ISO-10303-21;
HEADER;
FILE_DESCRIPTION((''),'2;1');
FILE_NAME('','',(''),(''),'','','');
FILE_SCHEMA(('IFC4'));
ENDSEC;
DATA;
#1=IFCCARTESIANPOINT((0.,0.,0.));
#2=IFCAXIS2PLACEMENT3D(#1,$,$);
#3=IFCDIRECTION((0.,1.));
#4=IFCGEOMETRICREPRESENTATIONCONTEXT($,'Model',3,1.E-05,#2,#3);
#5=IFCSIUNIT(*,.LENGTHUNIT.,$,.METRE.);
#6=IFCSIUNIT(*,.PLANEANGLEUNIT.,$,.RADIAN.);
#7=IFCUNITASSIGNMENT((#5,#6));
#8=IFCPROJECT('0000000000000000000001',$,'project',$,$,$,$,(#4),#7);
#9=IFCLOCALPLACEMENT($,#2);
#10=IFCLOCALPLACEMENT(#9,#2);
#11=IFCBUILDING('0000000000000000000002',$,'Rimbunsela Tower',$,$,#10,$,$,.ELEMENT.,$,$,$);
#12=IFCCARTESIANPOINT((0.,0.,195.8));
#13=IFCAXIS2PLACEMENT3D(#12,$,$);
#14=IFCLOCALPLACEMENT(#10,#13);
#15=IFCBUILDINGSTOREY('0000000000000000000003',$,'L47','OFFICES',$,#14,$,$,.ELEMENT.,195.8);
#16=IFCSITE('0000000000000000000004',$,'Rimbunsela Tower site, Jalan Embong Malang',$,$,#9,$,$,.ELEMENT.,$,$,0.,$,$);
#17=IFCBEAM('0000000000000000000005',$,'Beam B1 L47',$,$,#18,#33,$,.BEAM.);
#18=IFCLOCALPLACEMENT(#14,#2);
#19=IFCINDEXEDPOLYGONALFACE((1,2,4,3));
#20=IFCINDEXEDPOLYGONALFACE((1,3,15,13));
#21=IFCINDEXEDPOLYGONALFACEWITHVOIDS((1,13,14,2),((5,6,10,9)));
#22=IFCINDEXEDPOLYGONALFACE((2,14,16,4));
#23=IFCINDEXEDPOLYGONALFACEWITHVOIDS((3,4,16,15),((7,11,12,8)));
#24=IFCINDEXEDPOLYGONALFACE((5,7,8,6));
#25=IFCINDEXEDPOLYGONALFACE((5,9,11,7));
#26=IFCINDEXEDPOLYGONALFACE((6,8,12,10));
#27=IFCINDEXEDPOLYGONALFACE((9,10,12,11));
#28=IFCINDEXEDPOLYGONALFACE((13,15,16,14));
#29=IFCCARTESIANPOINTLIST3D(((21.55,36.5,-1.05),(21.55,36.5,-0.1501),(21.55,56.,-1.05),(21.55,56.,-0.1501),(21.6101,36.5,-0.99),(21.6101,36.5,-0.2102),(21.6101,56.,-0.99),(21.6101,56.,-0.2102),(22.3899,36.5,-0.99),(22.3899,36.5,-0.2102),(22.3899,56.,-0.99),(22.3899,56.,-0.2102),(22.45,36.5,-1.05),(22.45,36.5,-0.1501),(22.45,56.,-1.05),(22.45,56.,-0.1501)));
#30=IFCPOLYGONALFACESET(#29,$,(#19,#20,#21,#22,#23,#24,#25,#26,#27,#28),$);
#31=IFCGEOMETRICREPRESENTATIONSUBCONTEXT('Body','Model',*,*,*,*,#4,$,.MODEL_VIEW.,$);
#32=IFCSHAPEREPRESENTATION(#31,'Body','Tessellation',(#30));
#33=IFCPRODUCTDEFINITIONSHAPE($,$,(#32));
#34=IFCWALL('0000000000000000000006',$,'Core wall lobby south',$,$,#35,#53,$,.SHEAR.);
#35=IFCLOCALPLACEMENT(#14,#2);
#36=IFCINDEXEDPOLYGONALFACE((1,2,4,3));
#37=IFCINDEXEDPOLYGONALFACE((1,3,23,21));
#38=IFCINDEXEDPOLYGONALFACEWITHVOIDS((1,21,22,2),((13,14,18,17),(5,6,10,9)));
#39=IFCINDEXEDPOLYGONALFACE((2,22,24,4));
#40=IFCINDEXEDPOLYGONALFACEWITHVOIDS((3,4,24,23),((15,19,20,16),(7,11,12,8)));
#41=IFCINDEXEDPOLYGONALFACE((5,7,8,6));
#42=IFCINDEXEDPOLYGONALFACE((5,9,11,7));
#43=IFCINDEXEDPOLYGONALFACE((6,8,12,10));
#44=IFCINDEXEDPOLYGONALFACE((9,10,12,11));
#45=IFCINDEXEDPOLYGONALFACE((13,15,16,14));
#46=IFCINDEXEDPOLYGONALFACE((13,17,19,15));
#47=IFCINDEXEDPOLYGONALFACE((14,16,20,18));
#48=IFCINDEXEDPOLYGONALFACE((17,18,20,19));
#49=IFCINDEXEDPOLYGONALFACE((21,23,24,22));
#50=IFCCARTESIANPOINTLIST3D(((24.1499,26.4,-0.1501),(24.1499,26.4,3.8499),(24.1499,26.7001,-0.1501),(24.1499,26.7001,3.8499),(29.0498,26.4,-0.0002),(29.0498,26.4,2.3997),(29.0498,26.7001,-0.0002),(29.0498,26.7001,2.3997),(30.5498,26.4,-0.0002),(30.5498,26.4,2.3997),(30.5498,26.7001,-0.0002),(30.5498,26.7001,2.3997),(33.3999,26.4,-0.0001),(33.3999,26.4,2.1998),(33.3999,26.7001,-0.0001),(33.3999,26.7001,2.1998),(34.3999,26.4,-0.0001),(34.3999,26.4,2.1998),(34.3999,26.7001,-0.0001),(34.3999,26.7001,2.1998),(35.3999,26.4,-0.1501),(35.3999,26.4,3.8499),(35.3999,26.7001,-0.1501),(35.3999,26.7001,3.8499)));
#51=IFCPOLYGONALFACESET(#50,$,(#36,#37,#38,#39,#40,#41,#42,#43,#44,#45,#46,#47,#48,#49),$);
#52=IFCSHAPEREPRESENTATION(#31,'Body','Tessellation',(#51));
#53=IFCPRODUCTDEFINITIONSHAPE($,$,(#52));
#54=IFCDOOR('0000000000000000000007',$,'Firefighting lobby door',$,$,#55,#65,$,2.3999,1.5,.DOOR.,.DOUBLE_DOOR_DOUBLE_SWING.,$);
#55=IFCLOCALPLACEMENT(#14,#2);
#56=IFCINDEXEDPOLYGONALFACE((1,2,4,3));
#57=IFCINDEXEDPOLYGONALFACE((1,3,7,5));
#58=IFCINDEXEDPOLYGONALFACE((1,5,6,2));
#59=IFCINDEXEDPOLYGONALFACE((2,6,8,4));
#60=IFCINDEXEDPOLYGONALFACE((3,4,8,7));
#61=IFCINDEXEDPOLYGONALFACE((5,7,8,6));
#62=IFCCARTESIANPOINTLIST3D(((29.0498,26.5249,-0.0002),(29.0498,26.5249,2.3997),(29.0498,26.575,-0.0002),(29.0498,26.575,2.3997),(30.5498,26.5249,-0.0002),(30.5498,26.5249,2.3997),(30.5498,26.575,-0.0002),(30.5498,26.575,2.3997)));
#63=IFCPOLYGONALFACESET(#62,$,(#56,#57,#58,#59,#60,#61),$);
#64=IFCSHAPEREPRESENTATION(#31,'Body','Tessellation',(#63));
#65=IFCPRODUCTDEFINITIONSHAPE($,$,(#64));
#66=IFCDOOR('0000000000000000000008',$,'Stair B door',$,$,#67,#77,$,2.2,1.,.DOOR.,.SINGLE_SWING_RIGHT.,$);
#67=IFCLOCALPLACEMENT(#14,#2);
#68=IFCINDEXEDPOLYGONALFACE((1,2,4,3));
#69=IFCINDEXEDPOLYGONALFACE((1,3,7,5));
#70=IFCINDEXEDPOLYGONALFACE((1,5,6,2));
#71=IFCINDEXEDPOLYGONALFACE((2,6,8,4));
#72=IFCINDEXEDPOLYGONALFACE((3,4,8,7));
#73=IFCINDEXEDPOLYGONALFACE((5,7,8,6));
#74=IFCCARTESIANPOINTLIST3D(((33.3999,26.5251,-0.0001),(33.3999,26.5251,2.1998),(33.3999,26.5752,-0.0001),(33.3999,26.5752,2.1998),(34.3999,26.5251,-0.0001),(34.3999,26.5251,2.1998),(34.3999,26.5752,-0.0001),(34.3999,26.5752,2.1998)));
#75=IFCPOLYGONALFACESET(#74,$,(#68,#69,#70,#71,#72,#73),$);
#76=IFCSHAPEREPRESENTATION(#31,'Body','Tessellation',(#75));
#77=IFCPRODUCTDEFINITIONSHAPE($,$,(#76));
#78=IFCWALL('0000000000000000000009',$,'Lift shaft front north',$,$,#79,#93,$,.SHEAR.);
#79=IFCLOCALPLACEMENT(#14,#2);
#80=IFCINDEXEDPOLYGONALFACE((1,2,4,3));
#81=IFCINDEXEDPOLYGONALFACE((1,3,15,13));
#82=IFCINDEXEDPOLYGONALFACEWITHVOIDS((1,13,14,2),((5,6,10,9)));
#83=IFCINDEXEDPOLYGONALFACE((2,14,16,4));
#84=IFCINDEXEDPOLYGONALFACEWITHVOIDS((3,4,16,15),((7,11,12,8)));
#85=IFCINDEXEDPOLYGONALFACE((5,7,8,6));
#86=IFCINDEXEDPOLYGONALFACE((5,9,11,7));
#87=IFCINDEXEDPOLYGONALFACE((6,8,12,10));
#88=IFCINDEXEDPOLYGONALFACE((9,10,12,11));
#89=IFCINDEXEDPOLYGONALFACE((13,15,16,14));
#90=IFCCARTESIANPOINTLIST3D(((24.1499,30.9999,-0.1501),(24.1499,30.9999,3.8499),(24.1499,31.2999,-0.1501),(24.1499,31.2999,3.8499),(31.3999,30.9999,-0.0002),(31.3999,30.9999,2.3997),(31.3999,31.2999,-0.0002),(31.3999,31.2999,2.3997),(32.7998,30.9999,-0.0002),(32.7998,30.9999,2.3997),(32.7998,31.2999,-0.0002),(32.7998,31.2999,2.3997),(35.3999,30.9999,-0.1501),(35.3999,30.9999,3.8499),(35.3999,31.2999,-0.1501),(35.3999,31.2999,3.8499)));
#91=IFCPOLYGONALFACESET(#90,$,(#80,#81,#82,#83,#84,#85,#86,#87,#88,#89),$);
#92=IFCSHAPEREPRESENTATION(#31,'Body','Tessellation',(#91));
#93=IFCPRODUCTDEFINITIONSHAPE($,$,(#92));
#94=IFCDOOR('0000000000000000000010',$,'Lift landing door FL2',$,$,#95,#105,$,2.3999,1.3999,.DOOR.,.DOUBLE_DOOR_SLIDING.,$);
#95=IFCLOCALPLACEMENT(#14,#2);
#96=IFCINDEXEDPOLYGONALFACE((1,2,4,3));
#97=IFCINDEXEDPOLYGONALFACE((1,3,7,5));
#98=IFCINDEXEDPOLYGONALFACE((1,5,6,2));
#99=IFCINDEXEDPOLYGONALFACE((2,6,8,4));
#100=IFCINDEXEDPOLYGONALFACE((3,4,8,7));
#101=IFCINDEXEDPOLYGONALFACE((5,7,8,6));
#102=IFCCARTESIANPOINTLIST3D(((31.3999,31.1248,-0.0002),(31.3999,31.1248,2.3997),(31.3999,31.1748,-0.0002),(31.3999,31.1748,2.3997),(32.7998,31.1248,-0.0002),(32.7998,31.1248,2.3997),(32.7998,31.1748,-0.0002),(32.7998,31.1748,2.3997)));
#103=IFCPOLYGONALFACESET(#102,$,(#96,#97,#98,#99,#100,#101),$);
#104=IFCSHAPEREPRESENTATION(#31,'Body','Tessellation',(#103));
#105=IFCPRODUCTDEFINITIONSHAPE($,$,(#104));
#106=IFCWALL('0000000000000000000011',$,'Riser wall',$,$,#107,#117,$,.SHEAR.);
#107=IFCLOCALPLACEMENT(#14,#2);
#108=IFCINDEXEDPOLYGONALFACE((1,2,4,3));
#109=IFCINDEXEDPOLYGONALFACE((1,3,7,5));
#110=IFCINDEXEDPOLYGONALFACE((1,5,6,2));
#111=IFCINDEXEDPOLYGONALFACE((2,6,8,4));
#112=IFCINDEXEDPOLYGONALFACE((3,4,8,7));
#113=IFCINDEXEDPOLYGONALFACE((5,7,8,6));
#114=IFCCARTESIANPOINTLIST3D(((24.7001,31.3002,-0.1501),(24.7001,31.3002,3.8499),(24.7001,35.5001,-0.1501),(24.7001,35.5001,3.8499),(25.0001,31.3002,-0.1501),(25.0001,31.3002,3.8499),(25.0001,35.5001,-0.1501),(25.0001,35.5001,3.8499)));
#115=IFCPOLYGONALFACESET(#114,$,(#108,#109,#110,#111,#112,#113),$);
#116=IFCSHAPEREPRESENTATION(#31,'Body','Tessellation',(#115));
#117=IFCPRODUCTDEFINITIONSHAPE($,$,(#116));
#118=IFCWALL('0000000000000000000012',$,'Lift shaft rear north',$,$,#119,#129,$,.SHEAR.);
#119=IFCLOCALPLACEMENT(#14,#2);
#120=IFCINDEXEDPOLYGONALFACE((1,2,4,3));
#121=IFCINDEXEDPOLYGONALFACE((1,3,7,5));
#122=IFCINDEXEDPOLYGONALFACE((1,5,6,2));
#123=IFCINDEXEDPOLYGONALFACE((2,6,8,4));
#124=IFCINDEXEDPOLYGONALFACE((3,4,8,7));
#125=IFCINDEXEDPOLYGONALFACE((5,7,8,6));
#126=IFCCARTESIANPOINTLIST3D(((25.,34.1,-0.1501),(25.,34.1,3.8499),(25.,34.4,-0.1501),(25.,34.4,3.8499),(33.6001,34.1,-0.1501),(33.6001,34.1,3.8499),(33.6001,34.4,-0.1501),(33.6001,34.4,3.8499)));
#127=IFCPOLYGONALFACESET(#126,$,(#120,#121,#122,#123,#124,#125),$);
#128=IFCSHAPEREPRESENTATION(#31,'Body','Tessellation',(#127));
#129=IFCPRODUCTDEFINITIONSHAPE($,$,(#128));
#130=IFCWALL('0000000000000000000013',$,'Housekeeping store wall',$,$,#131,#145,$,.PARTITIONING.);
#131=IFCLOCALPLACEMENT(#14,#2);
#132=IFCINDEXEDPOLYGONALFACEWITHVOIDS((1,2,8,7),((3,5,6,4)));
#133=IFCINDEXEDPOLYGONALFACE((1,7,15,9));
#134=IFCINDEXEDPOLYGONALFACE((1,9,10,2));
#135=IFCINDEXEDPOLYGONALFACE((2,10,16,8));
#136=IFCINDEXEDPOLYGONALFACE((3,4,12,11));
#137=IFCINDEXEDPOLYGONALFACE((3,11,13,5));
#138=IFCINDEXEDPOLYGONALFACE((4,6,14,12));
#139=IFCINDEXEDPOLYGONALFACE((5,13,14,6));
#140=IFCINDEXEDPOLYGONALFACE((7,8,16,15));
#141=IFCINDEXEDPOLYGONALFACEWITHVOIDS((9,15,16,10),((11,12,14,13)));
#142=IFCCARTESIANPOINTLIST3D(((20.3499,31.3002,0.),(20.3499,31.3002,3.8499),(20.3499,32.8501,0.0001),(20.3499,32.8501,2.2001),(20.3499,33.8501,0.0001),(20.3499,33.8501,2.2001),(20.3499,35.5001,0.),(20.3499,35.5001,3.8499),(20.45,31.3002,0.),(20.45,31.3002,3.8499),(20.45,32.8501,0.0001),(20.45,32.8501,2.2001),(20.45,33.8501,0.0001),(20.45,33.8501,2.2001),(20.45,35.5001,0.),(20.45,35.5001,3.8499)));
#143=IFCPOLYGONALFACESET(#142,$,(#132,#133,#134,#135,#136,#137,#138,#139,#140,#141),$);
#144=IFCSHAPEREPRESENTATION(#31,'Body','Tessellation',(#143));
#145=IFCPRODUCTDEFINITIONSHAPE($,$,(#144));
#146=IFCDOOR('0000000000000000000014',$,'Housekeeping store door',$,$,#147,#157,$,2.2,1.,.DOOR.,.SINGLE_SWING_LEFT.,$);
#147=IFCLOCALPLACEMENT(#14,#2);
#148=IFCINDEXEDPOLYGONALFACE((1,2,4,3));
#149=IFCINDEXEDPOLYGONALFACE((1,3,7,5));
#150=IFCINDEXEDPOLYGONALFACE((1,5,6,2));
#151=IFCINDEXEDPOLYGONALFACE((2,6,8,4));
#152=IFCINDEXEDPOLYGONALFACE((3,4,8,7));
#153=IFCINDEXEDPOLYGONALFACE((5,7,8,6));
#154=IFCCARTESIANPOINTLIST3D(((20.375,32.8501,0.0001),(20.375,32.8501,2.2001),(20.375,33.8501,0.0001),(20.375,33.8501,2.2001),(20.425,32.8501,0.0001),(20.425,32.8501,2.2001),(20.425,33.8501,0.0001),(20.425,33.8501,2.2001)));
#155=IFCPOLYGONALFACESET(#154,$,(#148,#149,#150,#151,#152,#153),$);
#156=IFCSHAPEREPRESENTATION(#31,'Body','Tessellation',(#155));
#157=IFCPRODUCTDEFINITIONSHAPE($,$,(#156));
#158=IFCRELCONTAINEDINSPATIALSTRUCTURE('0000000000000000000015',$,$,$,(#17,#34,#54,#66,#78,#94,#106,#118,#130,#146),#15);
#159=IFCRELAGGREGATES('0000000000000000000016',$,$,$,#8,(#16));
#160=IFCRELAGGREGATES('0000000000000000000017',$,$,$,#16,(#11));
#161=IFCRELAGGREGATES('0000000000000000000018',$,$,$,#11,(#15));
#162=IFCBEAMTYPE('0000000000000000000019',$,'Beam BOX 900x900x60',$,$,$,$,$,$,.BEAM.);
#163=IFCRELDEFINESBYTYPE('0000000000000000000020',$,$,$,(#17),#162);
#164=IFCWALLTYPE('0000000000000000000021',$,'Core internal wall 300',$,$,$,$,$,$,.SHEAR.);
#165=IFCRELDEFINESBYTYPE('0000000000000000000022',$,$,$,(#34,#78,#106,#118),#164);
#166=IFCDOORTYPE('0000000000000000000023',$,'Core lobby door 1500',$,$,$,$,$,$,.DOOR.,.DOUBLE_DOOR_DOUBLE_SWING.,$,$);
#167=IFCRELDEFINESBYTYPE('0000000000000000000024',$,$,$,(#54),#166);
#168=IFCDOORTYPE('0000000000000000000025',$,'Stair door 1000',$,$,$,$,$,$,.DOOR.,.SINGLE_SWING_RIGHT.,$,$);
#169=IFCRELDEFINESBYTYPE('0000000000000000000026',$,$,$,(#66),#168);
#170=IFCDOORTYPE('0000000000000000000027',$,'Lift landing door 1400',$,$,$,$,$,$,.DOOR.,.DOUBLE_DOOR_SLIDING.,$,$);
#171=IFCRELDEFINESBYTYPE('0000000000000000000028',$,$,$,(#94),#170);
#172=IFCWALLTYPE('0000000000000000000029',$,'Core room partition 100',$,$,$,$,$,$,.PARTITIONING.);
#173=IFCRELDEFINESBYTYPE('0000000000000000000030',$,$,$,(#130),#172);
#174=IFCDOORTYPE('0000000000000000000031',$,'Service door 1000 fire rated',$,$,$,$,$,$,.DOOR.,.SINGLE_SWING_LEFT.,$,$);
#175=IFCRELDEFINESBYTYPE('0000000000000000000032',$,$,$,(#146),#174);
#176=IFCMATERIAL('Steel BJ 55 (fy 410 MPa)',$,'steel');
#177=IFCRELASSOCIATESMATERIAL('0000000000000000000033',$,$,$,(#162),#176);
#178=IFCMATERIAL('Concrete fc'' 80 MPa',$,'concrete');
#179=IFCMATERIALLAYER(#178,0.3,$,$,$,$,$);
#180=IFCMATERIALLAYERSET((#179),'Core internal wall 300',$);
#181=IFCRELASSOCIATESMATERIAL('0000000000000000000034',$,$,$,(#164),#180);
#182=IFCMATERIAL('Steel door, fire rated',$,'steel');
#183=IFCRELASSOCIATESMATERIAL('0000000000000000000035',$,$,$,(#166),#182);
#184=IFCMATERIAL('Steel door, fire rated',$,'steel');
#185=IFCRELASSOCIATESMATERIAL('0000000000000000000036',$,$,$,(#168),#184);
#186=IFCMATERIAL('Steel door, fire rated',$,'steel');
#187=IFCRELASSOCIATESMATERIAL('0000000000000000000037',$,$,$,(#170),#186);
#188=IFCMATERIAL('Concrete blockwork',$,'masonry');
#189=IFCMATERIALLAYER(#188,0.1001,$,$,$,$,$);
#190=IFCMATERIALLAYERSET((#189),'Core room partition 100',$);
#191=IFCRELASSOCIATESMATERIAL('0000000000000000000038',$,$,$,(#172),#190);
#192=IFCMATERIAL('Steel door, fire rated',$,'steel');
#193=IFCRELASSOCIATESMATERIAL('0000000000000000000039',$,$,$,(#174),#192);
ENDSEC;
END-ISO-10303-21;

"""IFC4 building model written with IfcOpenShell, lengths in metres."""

from ifc_helpers import new_model, si_unit, direction, frame, frame_2d, origin, origin_2d, place, context, subcontext, project, spatial, rectangle, hollow_rectangle, extrude, material, layer, layer_set, material_profile, profile_set, type_object, element, fill, save


model = new_model("IFC4")

# Units and contexts
model_context = context("Model", 3, precision=1e-05, world=origin(), true_north=direction((0.0, 1.0)))
body_context = subcontext(model_context, "Body", "Model", "MODEL_VIEW")
ifc_project = project(units=[si_unit("LENGTHUNIT", "METRE"), si_unit("PLANEANGLEUNIT", "RADIAN")], contexts=[model_context])

# Site, building, storey
site_placement = place(None, origin())
site = spatial("IfcSite", under=ifc_project, at=site_placement, Name="Rimbunsela Tower site, Jalan Embong Malang", CompositionType="ELEMENT", RefElevation=0.0)
building_placement = place(site_placement, origin())
building = spatial("IfcBuilding", under=site, at=building_placement, Name="Rimbunsela Tower", CompositionType="ELEMENT")
storey_placement = place(building_placement, frame((0.0, 0.0, 195.8)))
storey = spatial("IfcBuildingStorey", under=building, at=storey_placement, Name="L47", Description="OFFICES", CompositionType="ELEMENT", Elevation=195.8)

# Beam
ifc_material_1 = material(Name="Steel BJ 55 (fy 410 MPa)", Category="steel")
ifc_material_profile = material_profile(ifc_material_1, hollow_rectangle(XDim=0.8999, YDim=0.8999, WallThickness=0.0601, at=origin_2d()), Name="BOX 900x900x60")
ifc_profile_set = profile_set([ifc_material_profile], Name="Steel BJ 55 (fy 410 MPa)")
beam_type = type_object("IfcBeamType", Name="Beam BOX 900x900x60", PredefinedType="BEAM", material=ifc_profile_set)
beam_placement = place(storey_placement, frame((22.0, 36.5, -0.6001), z_axis=(0.0, 1.0, 0.0), x_axis=(-1.0, 0.0, 0.0)))
element("IfcBeam", 1, at=beam_placement, inside=storey, type_object=beam_type, Name="Beam B1 L47", PredefinedType="BEAM", context=body_context, shape_type="SweptSolid", body=[
    extrude(hollow_rectangle(XDim=0.8999, YDim=0.8999, WallThickness=0.0601, at=origin_2d()), origin(), (0.0, 0.0, 1.0), 19.5),
])

# Wall, openings, doors
ifc_material_2 = material(Name="Concrete fc' 80 MPa", Category="concrete")
ifc_layer_1 = layer(ifc_material_2, 0.3)
ifc_layer_set_1 = layer_set([ifc_layer_1], Name="Core internal wall 300")
wall_type_1 = type_object("IfcWallType", Name="Core internal wall 300", PredefinedType="SHEAR", material=ifc_layer_set_1)
wall_1_placement = place(storey_placement, frame((24.1499, 26.55, -0.1501), z_axis=(0.0, 0.0, 1.0), x_axis=(1.0, 0.0, 0.0)))
wall_1 = element("IfcWall", 2, at=wall_1_placement, inside=storey, type_object=wall_type_1, Name="Core wall lobby south", PredefinedType="SHEAR", context=body_context, shape_type="SweptSolid", body=[
    extrude(rectangle(XDim=11.25, YDim=0.3, at=frame_2d((5.625, 0.0))), origin(), (0.0, 0.0, 1.0), 4.0),
])
opening_1_placement = place(wall_1_placement, frame((9.25, 0.0, 0.1499)))
opening_1 = element("IfcOpeningElement", 3, at=opening_1_placement, cuts=wall_1, PredefinedType="OPENING", context=body_context, shape_type="SweptSolid", body=[
    extrude(rectangle(XDim=1.0, YDim=2.2, at=frame_2d((0.5, 1.1001))), frame((0.0, 0.1599, 0.0), z_axis=(0.0, -1.0, 0.0), x_axis=(1.0, 0.0, 0.0)), (0.0, 0.0, 1.0), 0.3201),
])
opening_2_placement = place(wall_1_placement, frame((4.8999, 0.0, 0.1499)))
opening_2 = element("IfcOpeningElement", 4, at=opening_2_placement, cuts=wall_1, PredefinedType="OPENING", context=body_context, shape_type="SweptSolid", body=[
    extrude(rectangle(XDim=1.5, YDim=2.3999, at=frame_2d((0.75, 1.2))), frame((0.0, 0.1599, 0.0), z_axis=(0.0, -1.0, 0.0), x_axis=(1.0, 0.0, 0.0)), (0.0, 0.0, 1.0), 0.3201),
])
ifc_material_3 = material(Name="Steel door, fire rated", Category="steel")
door_type_1 = type_object("IfcDoorType", Name="Core lobby door 1500", OperationType="DOUBLE_DOOR_DOUBLE_SWING", PredefinedType="DOOR", material=ifc_material_3)
door_1_placement = place(opening_2_placement, origin())
door_1 = element("IfcDoor", 5, at=door_1_placement, inside=storey, type_object=door_type_1, Name="Firefighting lobby door", OperationType="DOUBLE_DOOR_DOUBLE_SWING", OverallHeight=2.3999, OverallWidth=1.5, PredefinedType="DOOR", context=body_context, shape_type="SweptSolid", body=[
    extrude(rectangle(XDim=1.5, YDim=2.3999, at=frame_2d((0.75, 1.2))), frame((0.0, 0.0249, 0.0), z_axis=(0.0, -1.0, 0.0), x_axis=(1.0, 0.0, 0.0)), (0.0, 0.0, 1.0), 0.05),
])
fill(opening_2, door_1)
ifc_material_4 = material(Name="Steel door, fire rated", Category="steel")
door_type_2 = type_object("IfcDoorType", Name="Stair door 1000", OperationType="SINGLE_SWING_RIGHT", PredefinedType="DOOR", material=ifc_material_4)
door_2_placement = place(opening_1_placement, frame((1.0, 0.0, 0.0), z_axis=(0.0, 0.0, 1.0), x_axis=(-1.0, 0.0, 0.0)))
door_2 = element("IfcDoor", 6, at=door_2_placement, inside=storey, type_object=door_type_2, Name="Stair B door", OperationType="SINGLE_SWING_RIGHT", OverallHeight=2.2, OverallWidth=1.0, PredefinedType="DOOR", context=body_context, shape_type="SweptSolid", body=[
    extrude(rectangle(XDim=1.0, YDim=2.2, at=frame_2d((0.5, 1.1001))), frame((0.0, 0.0249, 0.0), z_axis=(0.0, -1.0, 0.0), x_axis=(1.0, 0.0, 0.0)), (0.0, 0.0, 1.0), 0.05),
])
fill(opening_1, door_2)

# Wall, opening, door
wall_2_placement = place(storey_placement, frame((24.1499, 31.1499, -0.1501), z_axis=(0.0, 0.0, 1.0), x_axis=(1.0, 0.0, 0.0)))
wall_2 = element("IfcWall", 7, at=wall_2_placement, inside=storey, type_object=wall_type_1, Name="Lift shaft front north", PredefinedType="SHEAR", context=body_context, shape_type="SweptSolid", body=[
    extrude(rectangle(XDim=11.25, YDim=0.3, at=frame_2d((5.625, 0.0))), origin(), (0.0, 0.0, 1.0), 4.0),
])
opening_3_placement = place(wall_2_placement, frame((7.25, 0.0, 0.1499)))
opening_3 = element("IfcOpeningElement", 8, at=opening_3_placement, cuts=wall_2, PredefinedType="OPENING", context=body_context, shape_type="SweptSolid", body=[
    extrude(rectangle(XDim=1.3999, YDim=2.3999, at=frame_2d((0.7, 1.2))), frame((0.0, 0.1599, 0.0), z_axis=(0.0, -1.0, 0.0), x_axis=(1.0, 0.0, 0.0)), (0.0, 0.0, 1.0), 0.3201),
])
ifc_material_5 = material(Name="Steel door, fire rated", Category="steel")
door_type_3 = type_object("IfcDoorType", Name="Lift landing door 1400", OperationType="DOUBLE_DOOR_SLIDING", PredefinedType="DOOR", material=ifc_material_5)
door_3_placement = place(opening_3_placement, origin())
door_3 = element("IfcDoor", 9, at=door_3_placement, inside=storey, type_object=door_type_3, Name="Lift landing door FL2", OperationType="DOUBLE_DOOR_SLIDING", OverallHeight=2.3999, OverallWidth=1.3999, PredefinedType="DOOR", context=body_context, shape_type="SweptSolid", body=[
    extrude(rectangle(XDim=1.3999, YDim=2.3999, at=frame_2d((0.7, 1.2))), frame((0.0, 0.0249, 0.0), z_axis=(0.0, -1.0, 0.0), x_axis=(1.0, 0.0, 0.0)), (0.0, 0.0, 1.0), 0.05),
])
fill(opening_3, door_3)

# Walls
wall_3_placement = place(storey_placement, frame((24.8501, 31.3, -0.1501), z_axis=(0.0, 0.0, 1.0), x_axis=(0.0, 1.0, 0.0)))
element("IfcWall", 10, at=wall_3_placement, inside=storey, type_object=wall_type_1, Name="Riser wall", PredefinedType="SHEAR", context=body_context, shape_type="SweptSolid", body=[
    extrude(rectangle(XDim=4.2, YDim=0.3, at=frame_2d((2.1001, 0.0))), origin(), (0.0, 0.0, 1.0), 4.0),
])
wall_4_placement = place(storey_placement, frame((25.0, 34.25, -0.1501), z_axis=(0.0, 0.0, 1.0), x_axis=(1.0, 0.0, 0.0)))
element("IfcWall", 11, at=wall_4_placement, inside=storey, type_object=wall_type_1, Name="Lift shaft rear north", PredefinedType="SHEAR", context=body_context, shape_type="SweptSolid", body=[
    extrude(rectangle(XDim=8.6001, YDim=0.3, at=frame_2d((4.3, 0.0))), origin(), (0.0, 0.0, 1.0), 4.0),
])

# Wall, opening, door
ifc_material_6 = material(Name="Concrete blockwork", Category="masonry")
ifc_layer_2 = layer(ifc_material_6, 0.1001)
ifc_layer_set_2 = layer_set([ifc_layer_2], Name="Core room partition 100")
wall_type_2 = type_object("IfcWallType", Name="Core room partition 100", PredefinedType="PARTITIONING", material=ifc_layer_set_2)
wall_5_placement = place(storey_placement, frame((20.3999, 31.3, 0.0), z_axis=(0.0, 0.0, 1.0), x_axis=(0.0, 1.0, 0.0)))
wall_5 = element("IfcWall", 12, at=wall_5_placement, inside=storey, type_object=wall_type_2, Name="Housekeeping store wall", PredefinedType="PARTITIONING", context=body_context, shape_type="SweptSolid", body=[
    extrude(rectangle(XDim=4.2, YDim=0.1001, at=frame_2d((2.1001, 0.0))), origin(), (0.0, 0.0, 1.0), 3.8499),
])
opening_4_placement = place(wall_5_placement, frame((1.55, 0.0, 0.0)))
opening_4 = element("IfcOpeningElement", 13, at=opening_4_placement, cuts=wall_5, PredefinedType="OPENING", context=body_context, shape_type="SweptSolid", body=[
    extrude(rectangle(XDim=1.0, YDim=2.2, at=frame_2d((0.5, 1.1001))), frame((0.0, 0.0601, 0.0), z_axis=(0.0, -1.0, 0.0), x_axis=(1.0, 0.0, 0.0)), (0.0, 0.0, 1.0), 0.1201),
])
ifc_material_7 = material(Name="Steel door, fire rated", Category="steel")
door_type_4 = type_object("IfcDoorType", Name="Service door 1000 fire rated", OperationType="SINGLE_SWING_LEFT", PredefinedType="DOOR", material=ifc_material_7)
door_4_placement = place(opening_4_placement, origin())
door_4 = element("IfcDoor", 14, at=door_4_placement, inside=storey, type_object=door_type_4, Name="Housekeeping store door", OperationType="SINGLE_SWING_LEFT", OverallHeight=2.2, OverallWidth=1.0, PredefinedType="DOOR", context=body_context, shape_type="SweptSolid", body=[
    extrude(rectangle(XDim=1.0, YDim=2.2, at=frame_2d((0.5, 1.1001))), frame((0.0, 0.0249, 0.0), z_axis=(0.0, -1.0, 0.0), x_axis=(1.0, 0.0, 0.0)), (0.0, 0.0, 1.0), 0.05),
])
fill(opening_4, door_4)

save(model, "model.ifc")
